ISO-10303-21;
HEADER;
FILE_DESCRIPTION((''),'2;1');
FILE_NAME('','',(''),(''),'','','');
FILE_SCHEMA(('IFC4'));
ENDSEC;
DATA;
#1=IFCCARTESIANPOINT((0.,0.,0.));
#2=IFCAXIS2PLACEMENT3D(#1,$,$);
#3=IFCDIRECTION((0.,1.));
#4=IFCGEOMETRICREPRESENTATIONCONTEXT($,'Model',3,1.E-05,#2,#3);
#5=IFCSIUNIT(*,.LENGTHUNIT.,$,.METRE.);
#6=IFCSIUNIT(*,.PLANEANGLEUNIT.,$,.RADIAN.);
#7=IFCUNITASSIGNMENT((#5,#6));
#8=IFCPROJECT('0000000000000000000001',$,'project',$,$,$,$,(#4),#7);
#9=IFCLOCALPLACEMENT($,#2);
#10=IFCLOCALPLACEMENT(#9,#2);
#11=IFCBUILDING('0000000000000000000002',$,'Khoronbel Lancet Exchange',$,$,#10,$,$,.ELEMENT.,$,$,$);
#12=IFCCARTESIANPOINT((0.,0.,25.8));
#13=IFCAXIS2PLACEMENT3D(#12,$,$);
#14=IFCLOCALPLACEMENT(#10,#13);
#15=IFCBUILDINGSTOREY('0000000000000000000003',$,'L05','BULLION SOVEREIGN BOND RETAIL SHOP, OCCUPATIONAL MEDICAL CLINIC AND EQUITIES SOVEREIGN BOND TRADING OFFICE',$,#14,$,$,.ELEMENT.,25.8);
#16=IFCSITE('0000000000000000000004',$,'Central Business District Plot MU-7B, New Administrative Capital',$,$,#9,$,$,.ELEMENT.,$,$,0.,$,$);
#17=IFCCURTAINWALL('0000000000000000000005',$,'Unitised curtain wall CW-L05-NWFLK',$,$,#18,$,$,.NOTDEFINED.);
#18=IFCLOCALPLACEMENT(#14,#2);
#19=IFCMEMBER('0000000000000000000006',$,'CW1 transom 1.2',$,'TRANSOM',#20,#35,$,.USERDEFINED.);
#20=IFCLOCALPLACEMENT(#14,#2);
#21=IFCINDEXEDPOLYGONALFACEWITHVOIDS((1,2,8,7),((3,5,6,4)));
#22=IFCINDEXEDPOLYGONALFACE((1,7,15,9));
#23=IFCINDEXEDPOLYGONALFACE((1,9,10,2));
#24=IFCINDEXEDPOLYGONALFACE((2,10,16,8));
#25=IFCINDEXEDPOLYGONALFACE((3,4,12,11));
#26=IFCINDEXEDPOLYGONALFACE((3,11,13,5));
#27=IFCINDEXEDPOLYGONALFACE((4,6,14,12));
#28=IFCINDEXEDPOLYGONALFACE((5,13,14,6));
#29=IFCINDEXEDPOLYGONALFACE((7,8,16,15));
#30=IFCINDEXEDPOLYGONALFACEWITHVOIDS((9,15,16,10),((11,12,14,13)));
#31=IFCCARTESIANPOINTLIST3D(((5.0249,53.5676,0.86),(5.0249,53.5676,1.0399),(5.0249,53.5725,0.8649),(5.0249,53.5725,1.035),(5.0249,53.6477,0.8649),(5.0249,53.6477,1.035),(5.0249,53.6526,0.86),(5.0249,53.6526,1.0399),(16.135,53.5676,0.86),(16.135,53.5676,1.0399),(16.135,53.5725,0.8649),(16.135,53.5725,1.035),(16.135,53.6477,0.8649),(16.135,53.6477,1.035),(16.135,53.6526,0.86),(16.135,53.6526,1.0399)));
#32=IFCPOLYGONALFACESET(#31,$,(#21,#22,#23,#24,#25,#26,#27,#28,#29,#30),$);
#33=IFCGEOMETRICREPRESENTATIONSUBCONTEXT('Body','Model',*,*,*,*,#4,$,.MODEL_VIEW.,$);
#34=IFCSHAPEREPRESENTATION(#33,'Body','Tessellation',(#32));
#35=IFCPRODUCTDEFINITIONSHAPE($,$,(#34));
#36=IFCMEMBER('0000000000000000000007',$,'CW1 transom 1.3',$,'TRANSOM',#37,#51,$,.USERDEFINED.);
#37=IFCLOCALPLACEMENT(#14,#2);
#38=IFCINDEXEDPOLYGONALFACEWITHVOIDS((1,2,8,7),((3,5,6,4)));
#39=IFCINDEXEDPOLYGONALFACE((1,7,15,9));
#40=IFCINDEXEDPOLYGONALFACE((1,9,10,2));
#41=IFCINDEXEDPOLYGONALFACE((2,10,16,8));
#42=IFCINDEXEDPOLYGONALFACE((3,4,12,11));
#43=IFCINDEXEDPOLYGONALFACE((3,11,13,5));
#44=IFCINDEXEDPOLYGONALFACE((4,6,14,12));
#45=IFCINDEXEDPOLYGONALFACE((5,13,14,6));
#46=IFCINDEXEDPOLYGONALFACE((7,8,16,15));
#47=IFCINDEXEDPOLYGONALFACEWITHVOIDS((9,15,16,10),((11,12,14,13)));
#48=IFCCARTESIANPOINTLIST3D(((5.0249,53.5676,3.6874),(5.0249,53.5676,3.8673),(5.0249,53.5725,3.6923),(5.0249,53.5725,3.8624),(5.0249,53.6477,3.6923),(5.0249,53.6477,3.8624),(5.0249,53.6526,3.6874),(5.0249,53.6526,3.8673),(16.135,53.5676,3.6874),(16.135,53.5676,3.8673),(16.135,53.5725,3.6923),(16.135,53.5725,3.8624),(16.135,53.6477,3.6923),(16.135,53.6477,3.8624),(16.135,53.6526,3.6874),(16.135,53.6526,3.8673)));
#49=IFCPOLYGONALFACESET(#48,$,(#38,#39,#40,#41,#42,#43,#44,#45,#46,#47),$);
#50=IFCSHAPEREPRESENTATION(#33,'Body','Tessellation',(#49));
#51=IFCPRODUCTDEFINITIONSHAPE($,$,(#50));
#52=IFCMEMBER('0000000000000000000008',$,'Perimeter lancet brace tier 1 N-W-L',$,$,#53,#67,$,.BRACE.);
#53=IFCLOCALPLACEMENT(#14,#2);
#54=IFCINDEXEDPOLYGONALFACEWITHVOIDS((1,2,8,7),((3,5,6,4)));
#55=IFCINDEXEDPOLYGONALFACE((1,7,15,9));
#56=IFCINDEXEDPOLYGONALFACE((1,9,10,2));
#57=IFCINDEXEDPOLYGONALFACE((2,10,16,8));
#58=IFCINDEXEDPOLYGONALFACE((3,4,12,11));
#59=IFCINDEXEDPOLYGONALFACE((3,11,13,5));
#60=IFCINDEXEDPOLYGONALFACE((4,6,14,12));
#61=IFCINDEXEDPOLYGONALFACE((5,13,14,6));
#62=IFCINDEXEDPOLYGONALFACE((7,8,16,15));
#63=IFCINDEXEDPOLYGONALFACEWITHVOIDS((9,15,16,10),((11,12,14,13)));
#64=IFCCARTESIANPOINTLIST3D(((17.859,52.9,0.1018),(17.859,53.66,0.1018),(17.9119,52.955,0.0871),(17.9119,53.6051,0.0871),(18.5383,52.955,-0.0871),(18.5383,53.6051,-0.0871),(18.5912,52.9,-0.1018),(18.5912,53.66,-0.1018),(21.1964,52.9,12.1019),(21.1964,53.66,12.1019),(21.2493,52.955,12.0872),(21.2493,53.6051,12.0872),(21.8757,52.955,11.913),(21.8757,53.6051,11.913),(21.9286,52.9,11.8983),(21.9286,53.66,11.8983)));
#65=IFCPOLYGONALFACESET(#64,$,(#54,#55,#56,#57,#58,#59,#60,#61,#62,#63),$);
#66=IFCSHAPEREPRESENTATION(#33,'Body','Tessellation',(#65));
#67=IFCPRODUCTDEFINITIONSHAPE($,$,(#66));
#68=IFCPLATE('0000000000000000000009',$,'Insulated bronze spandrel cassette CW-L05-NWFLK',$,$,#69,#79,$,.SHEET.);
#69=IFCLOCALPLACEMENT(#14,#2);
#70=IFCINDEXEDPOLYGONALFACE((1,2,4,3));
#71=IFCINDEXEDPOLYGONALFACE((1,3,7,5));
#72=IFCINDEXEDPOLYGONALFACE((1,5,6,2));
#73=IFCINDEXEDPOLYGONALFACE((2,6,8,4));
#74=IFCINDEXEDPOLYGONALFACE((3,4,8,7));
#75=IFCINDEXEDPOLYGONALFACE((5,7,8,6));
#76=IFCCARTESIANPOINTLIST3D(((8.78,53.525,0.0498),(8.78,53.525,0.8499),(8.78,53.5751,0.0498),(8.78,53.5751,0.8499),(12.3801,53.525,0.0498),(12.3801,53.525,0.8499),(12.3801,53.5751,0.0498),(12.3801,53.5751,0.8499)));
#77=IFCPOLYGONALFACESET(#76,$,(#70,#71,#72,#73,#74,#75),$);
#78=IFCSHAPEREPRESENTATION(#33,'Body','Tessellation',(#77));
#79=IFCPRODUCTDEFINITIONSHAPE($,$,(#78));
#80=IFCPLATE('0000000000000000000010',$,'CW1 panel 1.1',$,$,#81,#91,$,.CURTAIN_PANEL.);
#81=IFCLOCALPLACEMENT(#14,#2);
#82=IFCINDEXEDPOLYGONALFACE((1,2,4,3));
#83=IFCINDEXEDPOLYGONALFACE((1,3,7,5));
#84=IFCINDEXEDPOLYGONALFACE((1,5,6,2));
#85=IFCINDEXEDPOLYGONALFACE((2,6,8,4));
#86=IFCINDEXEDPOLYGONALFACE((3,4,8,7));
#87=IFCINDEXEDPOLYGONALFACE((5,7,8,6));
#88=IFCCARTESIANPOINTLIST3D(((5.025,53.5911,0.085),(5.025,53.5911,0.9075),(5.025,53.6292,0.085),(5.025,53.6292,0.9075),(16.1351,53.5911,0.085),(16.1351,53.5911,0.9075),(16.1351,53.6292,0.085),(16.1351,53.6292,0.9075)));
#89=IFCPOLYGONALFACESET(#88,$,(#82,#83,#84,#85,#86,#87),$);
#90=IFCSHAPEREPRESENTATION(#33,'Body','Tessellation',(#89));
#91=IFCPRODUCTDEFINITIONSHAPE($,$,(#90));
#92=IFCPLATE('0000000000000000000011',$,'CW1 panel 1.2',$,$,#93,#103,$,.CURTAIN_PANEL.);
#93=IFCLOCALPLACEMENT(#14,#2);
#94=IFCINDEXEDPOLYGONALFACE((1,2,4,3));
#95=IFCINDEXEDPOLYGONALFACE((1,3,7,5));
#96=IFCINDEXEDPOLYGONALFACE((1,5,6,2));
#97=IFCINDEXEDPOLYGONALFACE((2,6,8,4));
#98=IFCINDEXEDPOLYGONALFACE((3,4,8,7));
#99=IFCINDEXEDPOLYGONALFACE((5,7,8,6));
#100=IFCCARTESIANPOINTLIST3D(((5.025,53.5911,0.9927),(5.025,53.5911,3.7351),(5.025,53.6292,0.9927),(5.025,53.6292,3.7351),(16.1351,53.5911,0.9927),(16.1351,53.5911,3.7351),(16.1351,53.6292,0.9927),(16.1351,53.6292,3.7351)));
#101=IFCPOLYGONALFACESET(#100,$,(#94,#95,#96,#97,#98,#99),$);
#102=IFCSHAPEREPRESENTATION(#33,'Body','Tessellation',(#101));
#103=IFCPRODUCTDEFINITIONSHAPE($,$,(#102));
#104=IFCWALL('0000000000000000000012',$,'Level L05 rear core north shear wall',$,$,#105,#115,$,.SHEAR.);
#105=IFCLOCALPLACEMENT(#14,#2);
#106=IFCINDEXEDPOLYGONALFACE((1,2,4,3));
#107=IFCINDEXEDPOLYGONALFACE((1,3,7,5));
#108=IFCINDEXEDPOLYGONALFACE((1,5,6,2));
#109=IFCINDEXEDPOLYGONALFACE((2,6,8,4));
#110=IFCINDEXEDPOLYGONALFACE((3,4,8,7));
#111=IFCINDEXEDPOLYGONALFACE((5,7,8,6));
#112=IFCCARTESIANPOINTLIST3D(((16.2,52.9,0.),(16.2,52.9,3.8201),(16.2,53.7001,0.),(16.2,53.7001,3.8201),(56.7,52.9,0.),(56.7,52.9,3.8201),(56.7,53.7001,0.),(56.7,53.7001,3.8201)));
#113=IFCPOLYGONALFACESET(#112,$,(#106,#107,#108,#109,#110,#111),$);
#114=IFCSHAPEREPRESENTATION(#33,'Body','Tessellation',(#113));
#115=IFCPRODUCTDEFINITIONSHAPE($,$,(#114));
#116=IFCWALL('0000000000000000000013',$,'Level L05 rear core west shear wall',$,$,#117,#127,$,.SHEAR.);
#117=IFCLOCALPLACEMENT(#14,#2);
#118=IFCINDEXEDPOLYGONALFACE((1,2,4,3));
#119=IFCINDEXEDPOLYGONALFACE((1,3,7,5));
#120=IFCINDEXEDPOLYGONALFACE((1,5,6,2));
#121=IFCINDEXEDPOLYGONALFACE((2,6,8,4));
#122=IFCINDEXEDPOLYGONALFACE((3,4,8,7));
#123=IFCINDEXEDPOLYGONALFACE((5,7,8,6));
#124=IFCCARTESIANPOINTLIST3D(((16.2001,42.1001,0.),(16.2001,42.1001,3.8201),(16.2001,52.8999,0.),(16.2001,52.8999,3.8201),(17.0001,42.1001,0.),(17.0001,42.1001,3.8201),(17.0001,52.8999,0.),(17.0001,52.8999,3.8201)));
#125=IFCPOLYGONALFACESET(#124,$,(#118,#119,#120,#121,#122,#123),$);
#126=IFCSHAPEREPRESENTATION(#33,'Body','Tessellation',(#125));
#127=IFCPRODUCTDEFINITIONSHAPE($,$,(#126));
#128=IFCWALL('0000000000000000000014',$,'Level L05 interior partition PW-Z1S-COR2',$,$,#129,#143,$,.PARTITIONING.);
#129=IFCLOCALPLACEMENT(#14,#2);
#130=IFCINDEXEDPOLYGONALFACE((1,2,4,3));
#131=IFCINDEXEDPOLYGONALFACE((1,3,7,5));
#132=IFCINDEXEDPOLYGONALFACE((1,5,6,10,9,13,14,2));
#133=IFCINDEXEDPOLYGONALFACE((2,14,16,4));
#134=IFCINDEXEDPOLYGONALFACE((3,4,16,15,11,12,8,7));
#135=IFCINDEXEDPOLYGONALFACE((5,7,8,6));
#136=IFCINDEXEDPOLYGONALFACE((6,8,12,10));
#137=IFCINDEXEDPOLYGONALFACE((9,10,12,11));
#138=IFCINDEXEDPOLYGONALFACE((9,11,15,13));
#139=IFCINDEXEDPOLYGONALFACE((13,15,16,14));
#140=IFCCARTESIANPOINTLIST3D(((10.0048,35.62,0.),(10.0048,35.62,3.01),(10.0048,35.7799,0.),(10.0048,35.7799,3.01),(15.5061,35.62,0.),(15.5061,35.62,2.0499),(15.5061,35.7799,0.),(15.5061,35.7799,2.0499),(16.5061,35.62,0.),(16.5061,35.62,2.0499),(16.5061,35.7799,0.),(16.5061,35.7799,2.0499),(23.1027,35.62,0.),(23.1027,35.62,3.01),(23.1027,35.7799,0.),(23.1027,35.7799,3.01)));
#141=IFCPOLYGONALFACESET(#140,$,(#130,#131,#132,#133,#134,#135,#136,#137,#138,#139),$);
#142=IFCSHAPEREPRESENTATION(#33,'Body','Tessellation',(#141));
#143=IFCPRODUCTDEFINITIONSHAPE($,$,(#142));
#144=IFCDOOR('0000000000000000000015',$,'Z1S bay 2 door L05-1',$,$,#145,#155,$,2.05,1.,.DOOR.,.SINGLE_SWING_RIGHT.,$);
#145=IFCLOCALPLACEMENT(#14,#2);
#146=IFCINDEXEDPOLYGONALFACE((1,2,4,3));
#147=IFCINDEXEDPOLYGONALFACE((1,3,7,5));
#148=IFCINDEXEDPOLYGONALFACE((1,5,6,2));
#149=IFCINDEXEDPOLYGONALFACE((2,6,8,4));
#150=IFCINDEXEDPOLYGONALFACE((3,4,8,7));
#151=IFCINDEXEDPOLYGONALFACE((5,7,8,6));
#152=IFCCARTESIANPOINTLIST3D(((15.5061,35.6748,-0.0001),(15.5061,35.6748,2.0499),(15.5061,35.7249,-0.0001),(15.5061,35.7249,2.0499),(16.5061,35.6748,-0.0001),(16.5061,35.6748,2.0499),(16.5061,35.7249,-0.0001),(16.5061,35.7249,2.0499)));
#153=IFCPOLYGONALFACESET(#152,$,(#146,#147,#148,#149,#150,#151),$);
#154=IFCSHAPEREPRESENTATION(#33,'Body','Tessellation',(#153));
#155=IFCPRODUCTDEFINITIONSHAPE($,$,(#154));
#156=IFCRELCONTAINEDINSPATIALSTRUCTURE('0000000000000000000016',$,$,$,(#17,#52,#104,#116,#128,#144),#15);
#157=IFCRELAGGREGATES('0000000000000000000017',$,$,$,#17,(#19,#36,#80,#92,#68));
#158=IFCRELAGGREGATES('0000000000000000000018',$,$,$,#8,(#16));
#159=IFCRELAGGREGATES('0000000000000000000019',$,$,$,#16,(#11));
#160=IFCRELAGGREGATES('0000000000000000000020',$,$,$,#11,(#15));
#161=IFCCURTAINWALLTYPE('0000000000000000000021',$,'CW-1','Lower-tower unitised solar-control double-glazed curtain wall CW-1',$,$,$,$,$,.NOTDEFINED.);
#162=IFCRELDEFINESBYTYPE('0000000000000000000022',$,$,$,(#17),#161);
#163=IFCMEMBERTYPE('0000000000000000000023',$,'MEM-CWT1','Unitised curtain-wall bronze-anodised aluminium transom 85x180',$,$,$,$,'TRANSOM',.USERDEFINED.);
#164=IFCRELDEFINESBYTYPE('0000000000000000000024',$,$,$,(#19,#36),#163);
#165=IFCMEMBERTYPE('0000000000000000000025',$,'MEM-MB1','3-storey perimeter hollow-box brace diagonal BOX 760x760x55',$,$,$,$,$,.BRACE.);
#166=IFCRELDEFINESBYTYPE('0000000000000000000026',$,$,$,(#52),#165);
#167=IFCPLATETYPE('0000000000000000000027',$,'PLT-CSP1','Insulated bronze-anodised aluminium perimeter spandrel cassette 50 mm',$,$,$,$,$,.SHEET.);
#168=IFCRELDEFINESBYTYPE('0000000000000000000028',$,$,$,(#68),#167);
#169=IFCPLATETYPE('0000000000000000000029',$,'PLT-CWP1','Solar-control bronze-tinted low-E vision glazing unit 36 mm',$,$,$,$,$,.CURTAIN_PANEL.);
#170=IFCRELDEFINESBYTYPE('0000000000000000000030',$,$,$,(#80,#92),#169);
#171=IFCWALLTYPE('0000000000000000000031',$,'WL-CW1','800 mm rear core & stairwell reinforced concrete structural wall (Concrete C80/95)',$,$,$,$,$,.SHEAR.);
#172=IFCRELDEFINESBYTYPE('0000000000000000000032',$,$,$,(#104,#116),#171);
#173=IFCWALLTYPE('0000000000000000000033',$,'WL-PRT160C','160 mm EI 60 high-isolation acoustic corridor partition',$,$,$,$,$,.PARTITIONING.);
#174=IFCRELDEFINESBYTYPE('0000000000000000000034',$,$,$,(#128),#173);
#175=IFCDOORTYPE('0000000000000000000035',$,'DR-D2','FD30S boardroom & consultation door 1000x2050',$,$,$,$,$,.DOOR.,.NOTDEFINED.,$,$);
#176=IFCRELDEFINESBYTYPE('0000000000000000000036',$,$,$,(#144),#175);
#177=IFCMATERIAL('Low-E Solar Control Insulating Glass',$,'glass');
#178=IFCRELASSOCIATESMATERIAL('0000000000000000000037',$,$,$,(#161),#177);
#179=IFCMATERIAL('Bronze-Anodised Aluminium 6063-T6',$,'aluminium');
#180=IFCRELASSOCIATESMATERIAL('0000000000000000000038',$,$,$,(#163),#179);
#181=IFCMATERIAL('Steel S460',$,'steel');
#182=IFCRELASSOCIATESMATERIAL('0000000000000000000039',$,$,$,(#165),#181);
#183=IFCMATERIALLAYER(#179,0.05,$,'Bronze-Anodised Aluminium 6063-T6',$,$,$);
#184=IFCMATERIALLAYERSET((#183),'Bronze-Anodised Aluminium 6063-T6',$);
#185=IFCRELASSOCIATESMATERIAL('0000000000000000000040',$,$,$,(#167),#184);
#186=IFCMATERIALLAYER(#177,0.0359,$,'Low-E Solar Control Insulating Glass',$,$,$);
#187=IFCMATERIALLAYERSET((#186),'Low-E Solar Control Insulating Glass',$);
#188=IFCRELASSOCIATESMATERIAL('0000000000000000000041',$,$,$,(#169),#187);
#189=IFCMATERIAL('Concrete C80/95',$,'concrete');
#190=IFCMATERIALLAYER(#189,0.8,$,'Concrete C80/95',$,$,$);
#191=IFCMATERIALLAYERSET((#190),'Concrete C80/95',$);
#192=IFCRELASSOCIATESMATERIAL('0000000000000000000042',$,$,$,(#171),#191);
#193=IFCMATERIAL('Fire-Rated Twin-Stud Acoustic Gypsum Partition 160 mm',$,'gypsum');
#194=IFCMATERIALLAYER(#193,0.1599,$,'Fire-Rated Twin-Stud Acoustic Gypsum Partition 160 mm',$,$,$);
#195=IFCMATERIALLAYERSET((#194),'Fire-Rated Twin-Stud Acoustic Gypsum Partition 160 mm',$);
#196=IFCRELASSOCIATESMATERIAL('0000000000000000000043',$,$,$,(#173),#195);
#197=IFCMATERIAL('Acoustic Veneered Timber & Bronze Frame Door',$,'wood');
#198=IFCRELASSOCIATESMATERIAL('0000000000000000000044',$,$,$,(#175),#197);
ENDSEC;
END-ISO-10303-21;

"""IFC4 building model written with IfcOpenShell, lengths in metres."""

from ifc_helpers import new_model, si_unit, direction, frame, frame_2d, origin, origin_2d, place, context, subcontext, project, spatial, rectangle, hollow_rectangle, extrude, material, layer, layer_set, material_profile, profile_set, type_object, element, fill, aggregate, save


model = new_model("IFC4")

# Units and contexts
model_context = context("Model", 3, precision=1e-05, world=origin(), true_north=direction((0.0, 1.0)))
body_context = subcontext(model_context, "Body", "Model", "MODEL_VIEW")
ifc_project = project(units=[si_unit("LENGTHUNIT", "METRE"), si_unit("PLANEANGLEUNIT", "RADIAN")], contexts=[model_context])

# Site, building, storey
site_placement = place(None, origin())
site = spatial("IfcSite", under=ifc_project, at=site_placement, Name="Central Business District Plot MU-7B, New Administrative Capital", CompositionType="ELEMENT", RefElevation=0.0)
building_placement = place(site_placement, origin())
building = spatial("IfcBuilding", under=site, at=building_placement, Name="Khoronbel Lancet Exchange", CompositionType="ELEMENT")
storey_placement = place(building_placement, frame((0.0, 0.0, 25.8)))
storey = spatial("IfcBuildingStorey", under=building, at=storey_placement, Name="L05", Description="BULLION SOVEREIGN BOND RETAIL SHOP, OCCUPATIONAL MEDICAL CLINIC AND EQUITIES SOVEREIGN BOND TRADING OFFICE", CompositionType="ELEMENT", Elevation=25.8)

# Shared definitions
ifc_material_1 = material(Name="Steel S460", Category="steel")

# Curtain wall, members
ifc_material_2 = material(Name="Low-E Solar Control Insulating Glass", Category="glass")
curtain_wall_type = type_object("IfcCurtainWallType", Name="CW-1", Description="Lower-tower unitised solar-control double-glazed curtain wall CW-1", PredefinedType="NOTDEFINED", material=ifc_material_2)
curtain_wall_placement = place(storey_placement, origin())
curtain_wall = element("IfcCurtainWall", 1, at=curtain_wall_placement, inside=storey, type_object=curtain_wall_type, Name="Unitised curtain wall CW-L05-NWFLK", PredefinedType="NOTDEFINED")
ifc_material_3 = material(Name="Bronze-Anodised Aluminium 6063-T6", Category="aluminium")
ifc_material_profile_1 = material_profile(ifc_material_3, hollow_rectangle(XDim=0.085, YDim=0.1799, WallThickness=0.0049, at=origin_2d()), Name="ALU TRANSOM 85x180")
ifc_profile_set_1 = profile_set([ifc_material_profile_1], Name="Bronze-Anodised Aluminium 6063-T6")
member_type_1 = type_object("IfcMemberType", Name="MEM-CWT1", Description="Unitised curtain-wall bronze-anodised aluminium transom 85x180", ElementType="TRANSOM", PredefinedType="USERDEFINED", material=ifc_profile_set_1)
member_1_placement = place(storey_placement, frame((16.135, 53.6101, 0.95), z_axis=(-1.0, 0.0, 0.0), x_axis=(0.0, -1.0, 0.0)))
member_1 = element("IfcMember", 2, at=member_1_placement, type_object=member_type_1, Name="CW1 transom 1.2", ObjectType="TRANSOM", PredefinedType="USERDEFINED", context=body_context, shape_type="SweptSolid", body=[
    extrude(hollow_rectangle(XDim=0.085, YDim=0.1799, WallThickness=0.0049, at=origin_2d()), origin(), (0.0, 0.0, 1.0), 11.1101),
])
member_2_placement = place(storey_placement, frame((16.135, 53.6101, 3.7773), z_axis=(-1.0, 0.0, 0.0), x_axis=(0.0, -1.0, 0.0)))
member_2 = element("IfcMember", 3, at=member_2_placement, type_object=member_type_1, Name="CW1 transom 1.3", ObjectType="TRANSOM", PredefinedType="USERDEFINED", context=body_context, shape_type="SweptSolid", body=[
    extrude(hollow_rectangle(XDim=0.085, YDim=0.1799, WallThickness=0.0049, at=origin_2d()), origin(), (0.0, 0.0, 1.0), 11.1101),
])

# Member
ifc_material_profile_2 = material_profile(ifc_material_1, hollow_rectangle(XDim=0.76, YDim=0.76, WallThickness=0.0549, at=origin_2d()), Name="BOX 760x760x55")
ifc_profile_set_2 = profile_set([ifc_material_profile_2], Name="Steel S460")
member_type_2 = type_object("IfcMemberType", Name="MEM-MB1", Description="3-storey perimeter hollow-box brace diagonal BOX 760x760x55", PredefinedType="BRACE", material=ifc_profile_set_2)
member_3_placement = place(storey_placement, frame((18.2251, 53.28, 0.0), z_axis=(0.267947, 0.0, 0.963434), x_axis=(0.0, 1.0, 0.0)))
element("IfcMember", 4, at=member_3_placement, inside=storey, type_object=member_type_2, Name="Perimeter lancet brace tier 1 N-W-L", PredefinedType="BRACE", context=body_context, shape_type="SweptSolid", body=[
    extrude(hollow_rectangle(XDim=0.76, YDim=0.76, WallThickness=0.0549, at=origin_2d()), origin(), (0.0, 0.0, 1.0), 12.4556),
])

# Plates
ifc_layer_1 = layer(ifc_material_3, 0.05, Name="Bronze-Anodised Aluminium 6063-T6")
ifc_layer_set_1 = layer_set([ifc_layer_1], Name="Bronze-Anodised Aluminium 6063-T6")
plate_type_1 = type_object("IfcPlateType", Name="PLT-CSP1", Description="Insulated bronze-anodised aluminium perimeter spandrel cassette 50 mm", PredefinedType="SHEET", material=ifc_layer_set_1)
plate_1_placement = place(storey_placement, frame((10.5801, 53.55, 0.0498), z_axis=(0.0, 0.0, 1.0), x_axis=(-1.0, 0.0, 0.0)))
plate_1 = element("IfcPlate", 5, at=plate_1_placement, type_object=plate_type_1, Name="Insulated bronze spandrel cassette CW-L05-NWFLK", PredefinedType="SHEET", context=body_context, shape_type="SweptSolid", body=[
    extrude(rectangle(XDim=3.6001, YDim=0.05, at=origin_2d()), origin(), (0.0, 0.0, 1.0), 0.8),
])
ifc_layer_2 = layer(ifc_material_2, 0.0359, Name="Low-E Solar Control Insulating Glass")
ifc_layer_set_2 = layer_set([ifc_layer_2], Name="Low-E Solar Control Insulating Glass")
plate_type_2 = type_object("IfcPlateType", Name="PLT-CWP1", Description="Solar-control bronze-tinted low-E vision glazing unit 36 mm", PredefinedType="CURTAIN_PANEL", material=ifc_layer_set_2)
plate_2_placement = place(storey_placement, frame((10.5801, 53.6101, 0.085), z_axis=(0.0, 0.0, 1.0), x_axis=(-1.0, 0.0, 0.0)))
plate_2 = element("IfcPlate", 6, at=plate_2_placement, type_object=plate_type_2, Name="CW1 panel 1.1", PredefinedType="CURTAIN_PANEL", context=body_context, shape_type="SweptSolid", body=[
    extrude(rectangle(XDim=11.1101, YDim=0.0381, at=origin_2d()), origin(), (0.0, 0.0, 1.0), 0.8225),
])
plate_3_placement = place(storey_placement, frame((10.5801, 53.6101, 0.9927), z_axis=(0.0, 0.0, 1.0), x_axis=(-1.0, 0.0, 0.0)))
plate_3 = element("IfcPlate", 7, at=plate_3_placement, type_object=plate_type_2, Name="CW1 panel 1.2", PredefinedType="CURTAIN_PANEL", context=body_context, shape_type="SweptSolid", body=[
    extrude(rectangle(XDim=11.1101, YDim=0.0381, at=origin_2d()), origin(), (0.0, 0.0, 1.0), 2.7424),
])
aggregate(curtain_wall, [member_1, member_2, plate_2, plate_3, plate_1])

# Walls
ifc_material_4 = material(Name="Concrete C80/95", Category="concrete")
ifc_layer_3 = layer(ifc_material_4, 0.8, Name="Concrete C80/95")
ifc_layer_set_3 = layer_set([ifc_layer_3], Name="Concrete C80/95")
wall_type_1 = type_object("IfcWallType", Name="WL-CW1", Description="800 mm rear core & stairwell reinforced concrete structural wall (Concrete C80/95)", PredefinedType="SHEAR", material=ifc_layer_set_3)
wall_1_placement = place(storey_placement, frame((16.2, 53.3, 0.0), z_axis=(0.0, 0.0, 1.0), x_axis=(1.0, 0.0, 0.0)))
element("IfcWall", 8, at=wall_1_placement, inside=storey, type_object=wall_type_1, Name="Level L05 rear core north shear wall", PredefinedType="SHEAR", context=body_context, shape_type="SweptSolid", body=[
    extrude(rectangle(XDim=40.5, YDim=0.8, at=frame_2d((20.25, 0.0))), origin(), (0.0, 0.0, 1.0), 3.8201),
])
wall_2_placement = place(storey_placement, frame((16.6001, 42.1001, 0.0), z_axis=(0.0, 0.0, 1.0), x_axis=(0.0, 1.0, 0.0)))
element("IfcWall", 9, at=wall_2_placement, inside=storey, type_object=wall_type_1, Name="Level L05 rear core west shear wall", PredefinedType="SHEAR", context=body_context, shape_type="SweptSolid", body=[
    extrude(rectangle(XDim=10.7998, YDim=0.8, at=frame_2d((5.3999, 0.0))), origin(), (0.0, 0.0, 1.0), 3.8201),
])

# Wall, opening, door
ifc_material_5 = material(Name="Fire-Rated Twin-Stud Acoustic Gypsum Partition 160 mm", Category="gypsum")
ifc_layer_4 = layer(ifc_material_5, 0.1599, Name="Fire-Rated Twin-Stud Acoustic Gypsum Partition 160 mm")
ifc_layer_set_4 = layer_set([ifc_layer_4], Name="Fire-Rated Twin-Stud Acoustic Gypsum Partition 160 mm")
wall_type_2 = type_object("IfcWallType", Name="WL-PRT160C", Description="160 mm EI 60 high-isolation acoustic corridor partition", PredefinedType="PARTITIONING", material=ifc_layer_set_4)
wall_3_placement = place(storey_placement, frame((10.0049, 35.7, 0.0), z_axis=(0.0, 0.0, 1.0), x_axis=(1.0, 0.0, 0.0)))
wall_3 = element("IfcWall", 10, at=wall_3_placement, inside=storey, type_object=wall_type_2, Name="Level L05 interior partition PW-Z1S-COR2", PredefinedType="PARTITIONING", context=body_context, shape_type="SweptSolid", body=[
    extrude(rectangle(XDim=13.0979, YDim=0.1599, at=frame_2d((6.5488, 0.0))), origin(), (0.0, 0.0, 1.0), 3.01),
])
opening_1_placement = place(wall_3_placement, frame((5.5012, 0.0, 0.0)))
opening_1 = element("IfcOpeningElement", 11, at=opening_1_placement, cuts=wall_3, PredefinedType="OPENING", context=body_context, shape_type="SweptSolid", body=[
    extrude(rectangle(XDim=1.0, YDim=2.05, at=frame_2d((0.5, 1.0249))), frame((0.0, 0.0898, 0.0), z_axis=(0.0, -1.0, 0.0), x_axis=(1.0, 0.0, 0.0)), (0.0, 0.0, 1.0), 0.1799),
])
ifc_material_6 = material(Name="Acoustic Veneered Timber & Bronze Frame Door", Category="wood")
door_type_1 = type_object("IfcDoorType", Name="DR-D2", Description="FD30S boardroom & consultation door 1000x2050", OperationType="NOTDEFINED", PredefinedType="DOOR", material=ifc_material_6)
door_1_placement = place(opening_1_placement, origin())
door_1 = element("IfcDoor", 12, at=door_1_placement, inside=storey, type_object=door_type_1, Name="Z1S bay 2 door L05-1", OperationType="SINGLE_SWING_RIGHT", OverallHeight=2.05, OverallWidth=1.0, PredefinedType="DOOR", context=body_context, shape_type="SweptSolid", body=[
    extrude(rectangle(XDim=1.0, YDim=2.05, at=frame_2d((0.5, 1.0249))), frame((0.0, 0.0249, 0.0), z_axis=(0.0, -1.0, 0.0), x_axis=(1.0, 0.0, 0.0)), (0.0, 0.0, 1.0), 0.05),
])
fill(opening_1, door_1)

save(model, "model.ifc")
